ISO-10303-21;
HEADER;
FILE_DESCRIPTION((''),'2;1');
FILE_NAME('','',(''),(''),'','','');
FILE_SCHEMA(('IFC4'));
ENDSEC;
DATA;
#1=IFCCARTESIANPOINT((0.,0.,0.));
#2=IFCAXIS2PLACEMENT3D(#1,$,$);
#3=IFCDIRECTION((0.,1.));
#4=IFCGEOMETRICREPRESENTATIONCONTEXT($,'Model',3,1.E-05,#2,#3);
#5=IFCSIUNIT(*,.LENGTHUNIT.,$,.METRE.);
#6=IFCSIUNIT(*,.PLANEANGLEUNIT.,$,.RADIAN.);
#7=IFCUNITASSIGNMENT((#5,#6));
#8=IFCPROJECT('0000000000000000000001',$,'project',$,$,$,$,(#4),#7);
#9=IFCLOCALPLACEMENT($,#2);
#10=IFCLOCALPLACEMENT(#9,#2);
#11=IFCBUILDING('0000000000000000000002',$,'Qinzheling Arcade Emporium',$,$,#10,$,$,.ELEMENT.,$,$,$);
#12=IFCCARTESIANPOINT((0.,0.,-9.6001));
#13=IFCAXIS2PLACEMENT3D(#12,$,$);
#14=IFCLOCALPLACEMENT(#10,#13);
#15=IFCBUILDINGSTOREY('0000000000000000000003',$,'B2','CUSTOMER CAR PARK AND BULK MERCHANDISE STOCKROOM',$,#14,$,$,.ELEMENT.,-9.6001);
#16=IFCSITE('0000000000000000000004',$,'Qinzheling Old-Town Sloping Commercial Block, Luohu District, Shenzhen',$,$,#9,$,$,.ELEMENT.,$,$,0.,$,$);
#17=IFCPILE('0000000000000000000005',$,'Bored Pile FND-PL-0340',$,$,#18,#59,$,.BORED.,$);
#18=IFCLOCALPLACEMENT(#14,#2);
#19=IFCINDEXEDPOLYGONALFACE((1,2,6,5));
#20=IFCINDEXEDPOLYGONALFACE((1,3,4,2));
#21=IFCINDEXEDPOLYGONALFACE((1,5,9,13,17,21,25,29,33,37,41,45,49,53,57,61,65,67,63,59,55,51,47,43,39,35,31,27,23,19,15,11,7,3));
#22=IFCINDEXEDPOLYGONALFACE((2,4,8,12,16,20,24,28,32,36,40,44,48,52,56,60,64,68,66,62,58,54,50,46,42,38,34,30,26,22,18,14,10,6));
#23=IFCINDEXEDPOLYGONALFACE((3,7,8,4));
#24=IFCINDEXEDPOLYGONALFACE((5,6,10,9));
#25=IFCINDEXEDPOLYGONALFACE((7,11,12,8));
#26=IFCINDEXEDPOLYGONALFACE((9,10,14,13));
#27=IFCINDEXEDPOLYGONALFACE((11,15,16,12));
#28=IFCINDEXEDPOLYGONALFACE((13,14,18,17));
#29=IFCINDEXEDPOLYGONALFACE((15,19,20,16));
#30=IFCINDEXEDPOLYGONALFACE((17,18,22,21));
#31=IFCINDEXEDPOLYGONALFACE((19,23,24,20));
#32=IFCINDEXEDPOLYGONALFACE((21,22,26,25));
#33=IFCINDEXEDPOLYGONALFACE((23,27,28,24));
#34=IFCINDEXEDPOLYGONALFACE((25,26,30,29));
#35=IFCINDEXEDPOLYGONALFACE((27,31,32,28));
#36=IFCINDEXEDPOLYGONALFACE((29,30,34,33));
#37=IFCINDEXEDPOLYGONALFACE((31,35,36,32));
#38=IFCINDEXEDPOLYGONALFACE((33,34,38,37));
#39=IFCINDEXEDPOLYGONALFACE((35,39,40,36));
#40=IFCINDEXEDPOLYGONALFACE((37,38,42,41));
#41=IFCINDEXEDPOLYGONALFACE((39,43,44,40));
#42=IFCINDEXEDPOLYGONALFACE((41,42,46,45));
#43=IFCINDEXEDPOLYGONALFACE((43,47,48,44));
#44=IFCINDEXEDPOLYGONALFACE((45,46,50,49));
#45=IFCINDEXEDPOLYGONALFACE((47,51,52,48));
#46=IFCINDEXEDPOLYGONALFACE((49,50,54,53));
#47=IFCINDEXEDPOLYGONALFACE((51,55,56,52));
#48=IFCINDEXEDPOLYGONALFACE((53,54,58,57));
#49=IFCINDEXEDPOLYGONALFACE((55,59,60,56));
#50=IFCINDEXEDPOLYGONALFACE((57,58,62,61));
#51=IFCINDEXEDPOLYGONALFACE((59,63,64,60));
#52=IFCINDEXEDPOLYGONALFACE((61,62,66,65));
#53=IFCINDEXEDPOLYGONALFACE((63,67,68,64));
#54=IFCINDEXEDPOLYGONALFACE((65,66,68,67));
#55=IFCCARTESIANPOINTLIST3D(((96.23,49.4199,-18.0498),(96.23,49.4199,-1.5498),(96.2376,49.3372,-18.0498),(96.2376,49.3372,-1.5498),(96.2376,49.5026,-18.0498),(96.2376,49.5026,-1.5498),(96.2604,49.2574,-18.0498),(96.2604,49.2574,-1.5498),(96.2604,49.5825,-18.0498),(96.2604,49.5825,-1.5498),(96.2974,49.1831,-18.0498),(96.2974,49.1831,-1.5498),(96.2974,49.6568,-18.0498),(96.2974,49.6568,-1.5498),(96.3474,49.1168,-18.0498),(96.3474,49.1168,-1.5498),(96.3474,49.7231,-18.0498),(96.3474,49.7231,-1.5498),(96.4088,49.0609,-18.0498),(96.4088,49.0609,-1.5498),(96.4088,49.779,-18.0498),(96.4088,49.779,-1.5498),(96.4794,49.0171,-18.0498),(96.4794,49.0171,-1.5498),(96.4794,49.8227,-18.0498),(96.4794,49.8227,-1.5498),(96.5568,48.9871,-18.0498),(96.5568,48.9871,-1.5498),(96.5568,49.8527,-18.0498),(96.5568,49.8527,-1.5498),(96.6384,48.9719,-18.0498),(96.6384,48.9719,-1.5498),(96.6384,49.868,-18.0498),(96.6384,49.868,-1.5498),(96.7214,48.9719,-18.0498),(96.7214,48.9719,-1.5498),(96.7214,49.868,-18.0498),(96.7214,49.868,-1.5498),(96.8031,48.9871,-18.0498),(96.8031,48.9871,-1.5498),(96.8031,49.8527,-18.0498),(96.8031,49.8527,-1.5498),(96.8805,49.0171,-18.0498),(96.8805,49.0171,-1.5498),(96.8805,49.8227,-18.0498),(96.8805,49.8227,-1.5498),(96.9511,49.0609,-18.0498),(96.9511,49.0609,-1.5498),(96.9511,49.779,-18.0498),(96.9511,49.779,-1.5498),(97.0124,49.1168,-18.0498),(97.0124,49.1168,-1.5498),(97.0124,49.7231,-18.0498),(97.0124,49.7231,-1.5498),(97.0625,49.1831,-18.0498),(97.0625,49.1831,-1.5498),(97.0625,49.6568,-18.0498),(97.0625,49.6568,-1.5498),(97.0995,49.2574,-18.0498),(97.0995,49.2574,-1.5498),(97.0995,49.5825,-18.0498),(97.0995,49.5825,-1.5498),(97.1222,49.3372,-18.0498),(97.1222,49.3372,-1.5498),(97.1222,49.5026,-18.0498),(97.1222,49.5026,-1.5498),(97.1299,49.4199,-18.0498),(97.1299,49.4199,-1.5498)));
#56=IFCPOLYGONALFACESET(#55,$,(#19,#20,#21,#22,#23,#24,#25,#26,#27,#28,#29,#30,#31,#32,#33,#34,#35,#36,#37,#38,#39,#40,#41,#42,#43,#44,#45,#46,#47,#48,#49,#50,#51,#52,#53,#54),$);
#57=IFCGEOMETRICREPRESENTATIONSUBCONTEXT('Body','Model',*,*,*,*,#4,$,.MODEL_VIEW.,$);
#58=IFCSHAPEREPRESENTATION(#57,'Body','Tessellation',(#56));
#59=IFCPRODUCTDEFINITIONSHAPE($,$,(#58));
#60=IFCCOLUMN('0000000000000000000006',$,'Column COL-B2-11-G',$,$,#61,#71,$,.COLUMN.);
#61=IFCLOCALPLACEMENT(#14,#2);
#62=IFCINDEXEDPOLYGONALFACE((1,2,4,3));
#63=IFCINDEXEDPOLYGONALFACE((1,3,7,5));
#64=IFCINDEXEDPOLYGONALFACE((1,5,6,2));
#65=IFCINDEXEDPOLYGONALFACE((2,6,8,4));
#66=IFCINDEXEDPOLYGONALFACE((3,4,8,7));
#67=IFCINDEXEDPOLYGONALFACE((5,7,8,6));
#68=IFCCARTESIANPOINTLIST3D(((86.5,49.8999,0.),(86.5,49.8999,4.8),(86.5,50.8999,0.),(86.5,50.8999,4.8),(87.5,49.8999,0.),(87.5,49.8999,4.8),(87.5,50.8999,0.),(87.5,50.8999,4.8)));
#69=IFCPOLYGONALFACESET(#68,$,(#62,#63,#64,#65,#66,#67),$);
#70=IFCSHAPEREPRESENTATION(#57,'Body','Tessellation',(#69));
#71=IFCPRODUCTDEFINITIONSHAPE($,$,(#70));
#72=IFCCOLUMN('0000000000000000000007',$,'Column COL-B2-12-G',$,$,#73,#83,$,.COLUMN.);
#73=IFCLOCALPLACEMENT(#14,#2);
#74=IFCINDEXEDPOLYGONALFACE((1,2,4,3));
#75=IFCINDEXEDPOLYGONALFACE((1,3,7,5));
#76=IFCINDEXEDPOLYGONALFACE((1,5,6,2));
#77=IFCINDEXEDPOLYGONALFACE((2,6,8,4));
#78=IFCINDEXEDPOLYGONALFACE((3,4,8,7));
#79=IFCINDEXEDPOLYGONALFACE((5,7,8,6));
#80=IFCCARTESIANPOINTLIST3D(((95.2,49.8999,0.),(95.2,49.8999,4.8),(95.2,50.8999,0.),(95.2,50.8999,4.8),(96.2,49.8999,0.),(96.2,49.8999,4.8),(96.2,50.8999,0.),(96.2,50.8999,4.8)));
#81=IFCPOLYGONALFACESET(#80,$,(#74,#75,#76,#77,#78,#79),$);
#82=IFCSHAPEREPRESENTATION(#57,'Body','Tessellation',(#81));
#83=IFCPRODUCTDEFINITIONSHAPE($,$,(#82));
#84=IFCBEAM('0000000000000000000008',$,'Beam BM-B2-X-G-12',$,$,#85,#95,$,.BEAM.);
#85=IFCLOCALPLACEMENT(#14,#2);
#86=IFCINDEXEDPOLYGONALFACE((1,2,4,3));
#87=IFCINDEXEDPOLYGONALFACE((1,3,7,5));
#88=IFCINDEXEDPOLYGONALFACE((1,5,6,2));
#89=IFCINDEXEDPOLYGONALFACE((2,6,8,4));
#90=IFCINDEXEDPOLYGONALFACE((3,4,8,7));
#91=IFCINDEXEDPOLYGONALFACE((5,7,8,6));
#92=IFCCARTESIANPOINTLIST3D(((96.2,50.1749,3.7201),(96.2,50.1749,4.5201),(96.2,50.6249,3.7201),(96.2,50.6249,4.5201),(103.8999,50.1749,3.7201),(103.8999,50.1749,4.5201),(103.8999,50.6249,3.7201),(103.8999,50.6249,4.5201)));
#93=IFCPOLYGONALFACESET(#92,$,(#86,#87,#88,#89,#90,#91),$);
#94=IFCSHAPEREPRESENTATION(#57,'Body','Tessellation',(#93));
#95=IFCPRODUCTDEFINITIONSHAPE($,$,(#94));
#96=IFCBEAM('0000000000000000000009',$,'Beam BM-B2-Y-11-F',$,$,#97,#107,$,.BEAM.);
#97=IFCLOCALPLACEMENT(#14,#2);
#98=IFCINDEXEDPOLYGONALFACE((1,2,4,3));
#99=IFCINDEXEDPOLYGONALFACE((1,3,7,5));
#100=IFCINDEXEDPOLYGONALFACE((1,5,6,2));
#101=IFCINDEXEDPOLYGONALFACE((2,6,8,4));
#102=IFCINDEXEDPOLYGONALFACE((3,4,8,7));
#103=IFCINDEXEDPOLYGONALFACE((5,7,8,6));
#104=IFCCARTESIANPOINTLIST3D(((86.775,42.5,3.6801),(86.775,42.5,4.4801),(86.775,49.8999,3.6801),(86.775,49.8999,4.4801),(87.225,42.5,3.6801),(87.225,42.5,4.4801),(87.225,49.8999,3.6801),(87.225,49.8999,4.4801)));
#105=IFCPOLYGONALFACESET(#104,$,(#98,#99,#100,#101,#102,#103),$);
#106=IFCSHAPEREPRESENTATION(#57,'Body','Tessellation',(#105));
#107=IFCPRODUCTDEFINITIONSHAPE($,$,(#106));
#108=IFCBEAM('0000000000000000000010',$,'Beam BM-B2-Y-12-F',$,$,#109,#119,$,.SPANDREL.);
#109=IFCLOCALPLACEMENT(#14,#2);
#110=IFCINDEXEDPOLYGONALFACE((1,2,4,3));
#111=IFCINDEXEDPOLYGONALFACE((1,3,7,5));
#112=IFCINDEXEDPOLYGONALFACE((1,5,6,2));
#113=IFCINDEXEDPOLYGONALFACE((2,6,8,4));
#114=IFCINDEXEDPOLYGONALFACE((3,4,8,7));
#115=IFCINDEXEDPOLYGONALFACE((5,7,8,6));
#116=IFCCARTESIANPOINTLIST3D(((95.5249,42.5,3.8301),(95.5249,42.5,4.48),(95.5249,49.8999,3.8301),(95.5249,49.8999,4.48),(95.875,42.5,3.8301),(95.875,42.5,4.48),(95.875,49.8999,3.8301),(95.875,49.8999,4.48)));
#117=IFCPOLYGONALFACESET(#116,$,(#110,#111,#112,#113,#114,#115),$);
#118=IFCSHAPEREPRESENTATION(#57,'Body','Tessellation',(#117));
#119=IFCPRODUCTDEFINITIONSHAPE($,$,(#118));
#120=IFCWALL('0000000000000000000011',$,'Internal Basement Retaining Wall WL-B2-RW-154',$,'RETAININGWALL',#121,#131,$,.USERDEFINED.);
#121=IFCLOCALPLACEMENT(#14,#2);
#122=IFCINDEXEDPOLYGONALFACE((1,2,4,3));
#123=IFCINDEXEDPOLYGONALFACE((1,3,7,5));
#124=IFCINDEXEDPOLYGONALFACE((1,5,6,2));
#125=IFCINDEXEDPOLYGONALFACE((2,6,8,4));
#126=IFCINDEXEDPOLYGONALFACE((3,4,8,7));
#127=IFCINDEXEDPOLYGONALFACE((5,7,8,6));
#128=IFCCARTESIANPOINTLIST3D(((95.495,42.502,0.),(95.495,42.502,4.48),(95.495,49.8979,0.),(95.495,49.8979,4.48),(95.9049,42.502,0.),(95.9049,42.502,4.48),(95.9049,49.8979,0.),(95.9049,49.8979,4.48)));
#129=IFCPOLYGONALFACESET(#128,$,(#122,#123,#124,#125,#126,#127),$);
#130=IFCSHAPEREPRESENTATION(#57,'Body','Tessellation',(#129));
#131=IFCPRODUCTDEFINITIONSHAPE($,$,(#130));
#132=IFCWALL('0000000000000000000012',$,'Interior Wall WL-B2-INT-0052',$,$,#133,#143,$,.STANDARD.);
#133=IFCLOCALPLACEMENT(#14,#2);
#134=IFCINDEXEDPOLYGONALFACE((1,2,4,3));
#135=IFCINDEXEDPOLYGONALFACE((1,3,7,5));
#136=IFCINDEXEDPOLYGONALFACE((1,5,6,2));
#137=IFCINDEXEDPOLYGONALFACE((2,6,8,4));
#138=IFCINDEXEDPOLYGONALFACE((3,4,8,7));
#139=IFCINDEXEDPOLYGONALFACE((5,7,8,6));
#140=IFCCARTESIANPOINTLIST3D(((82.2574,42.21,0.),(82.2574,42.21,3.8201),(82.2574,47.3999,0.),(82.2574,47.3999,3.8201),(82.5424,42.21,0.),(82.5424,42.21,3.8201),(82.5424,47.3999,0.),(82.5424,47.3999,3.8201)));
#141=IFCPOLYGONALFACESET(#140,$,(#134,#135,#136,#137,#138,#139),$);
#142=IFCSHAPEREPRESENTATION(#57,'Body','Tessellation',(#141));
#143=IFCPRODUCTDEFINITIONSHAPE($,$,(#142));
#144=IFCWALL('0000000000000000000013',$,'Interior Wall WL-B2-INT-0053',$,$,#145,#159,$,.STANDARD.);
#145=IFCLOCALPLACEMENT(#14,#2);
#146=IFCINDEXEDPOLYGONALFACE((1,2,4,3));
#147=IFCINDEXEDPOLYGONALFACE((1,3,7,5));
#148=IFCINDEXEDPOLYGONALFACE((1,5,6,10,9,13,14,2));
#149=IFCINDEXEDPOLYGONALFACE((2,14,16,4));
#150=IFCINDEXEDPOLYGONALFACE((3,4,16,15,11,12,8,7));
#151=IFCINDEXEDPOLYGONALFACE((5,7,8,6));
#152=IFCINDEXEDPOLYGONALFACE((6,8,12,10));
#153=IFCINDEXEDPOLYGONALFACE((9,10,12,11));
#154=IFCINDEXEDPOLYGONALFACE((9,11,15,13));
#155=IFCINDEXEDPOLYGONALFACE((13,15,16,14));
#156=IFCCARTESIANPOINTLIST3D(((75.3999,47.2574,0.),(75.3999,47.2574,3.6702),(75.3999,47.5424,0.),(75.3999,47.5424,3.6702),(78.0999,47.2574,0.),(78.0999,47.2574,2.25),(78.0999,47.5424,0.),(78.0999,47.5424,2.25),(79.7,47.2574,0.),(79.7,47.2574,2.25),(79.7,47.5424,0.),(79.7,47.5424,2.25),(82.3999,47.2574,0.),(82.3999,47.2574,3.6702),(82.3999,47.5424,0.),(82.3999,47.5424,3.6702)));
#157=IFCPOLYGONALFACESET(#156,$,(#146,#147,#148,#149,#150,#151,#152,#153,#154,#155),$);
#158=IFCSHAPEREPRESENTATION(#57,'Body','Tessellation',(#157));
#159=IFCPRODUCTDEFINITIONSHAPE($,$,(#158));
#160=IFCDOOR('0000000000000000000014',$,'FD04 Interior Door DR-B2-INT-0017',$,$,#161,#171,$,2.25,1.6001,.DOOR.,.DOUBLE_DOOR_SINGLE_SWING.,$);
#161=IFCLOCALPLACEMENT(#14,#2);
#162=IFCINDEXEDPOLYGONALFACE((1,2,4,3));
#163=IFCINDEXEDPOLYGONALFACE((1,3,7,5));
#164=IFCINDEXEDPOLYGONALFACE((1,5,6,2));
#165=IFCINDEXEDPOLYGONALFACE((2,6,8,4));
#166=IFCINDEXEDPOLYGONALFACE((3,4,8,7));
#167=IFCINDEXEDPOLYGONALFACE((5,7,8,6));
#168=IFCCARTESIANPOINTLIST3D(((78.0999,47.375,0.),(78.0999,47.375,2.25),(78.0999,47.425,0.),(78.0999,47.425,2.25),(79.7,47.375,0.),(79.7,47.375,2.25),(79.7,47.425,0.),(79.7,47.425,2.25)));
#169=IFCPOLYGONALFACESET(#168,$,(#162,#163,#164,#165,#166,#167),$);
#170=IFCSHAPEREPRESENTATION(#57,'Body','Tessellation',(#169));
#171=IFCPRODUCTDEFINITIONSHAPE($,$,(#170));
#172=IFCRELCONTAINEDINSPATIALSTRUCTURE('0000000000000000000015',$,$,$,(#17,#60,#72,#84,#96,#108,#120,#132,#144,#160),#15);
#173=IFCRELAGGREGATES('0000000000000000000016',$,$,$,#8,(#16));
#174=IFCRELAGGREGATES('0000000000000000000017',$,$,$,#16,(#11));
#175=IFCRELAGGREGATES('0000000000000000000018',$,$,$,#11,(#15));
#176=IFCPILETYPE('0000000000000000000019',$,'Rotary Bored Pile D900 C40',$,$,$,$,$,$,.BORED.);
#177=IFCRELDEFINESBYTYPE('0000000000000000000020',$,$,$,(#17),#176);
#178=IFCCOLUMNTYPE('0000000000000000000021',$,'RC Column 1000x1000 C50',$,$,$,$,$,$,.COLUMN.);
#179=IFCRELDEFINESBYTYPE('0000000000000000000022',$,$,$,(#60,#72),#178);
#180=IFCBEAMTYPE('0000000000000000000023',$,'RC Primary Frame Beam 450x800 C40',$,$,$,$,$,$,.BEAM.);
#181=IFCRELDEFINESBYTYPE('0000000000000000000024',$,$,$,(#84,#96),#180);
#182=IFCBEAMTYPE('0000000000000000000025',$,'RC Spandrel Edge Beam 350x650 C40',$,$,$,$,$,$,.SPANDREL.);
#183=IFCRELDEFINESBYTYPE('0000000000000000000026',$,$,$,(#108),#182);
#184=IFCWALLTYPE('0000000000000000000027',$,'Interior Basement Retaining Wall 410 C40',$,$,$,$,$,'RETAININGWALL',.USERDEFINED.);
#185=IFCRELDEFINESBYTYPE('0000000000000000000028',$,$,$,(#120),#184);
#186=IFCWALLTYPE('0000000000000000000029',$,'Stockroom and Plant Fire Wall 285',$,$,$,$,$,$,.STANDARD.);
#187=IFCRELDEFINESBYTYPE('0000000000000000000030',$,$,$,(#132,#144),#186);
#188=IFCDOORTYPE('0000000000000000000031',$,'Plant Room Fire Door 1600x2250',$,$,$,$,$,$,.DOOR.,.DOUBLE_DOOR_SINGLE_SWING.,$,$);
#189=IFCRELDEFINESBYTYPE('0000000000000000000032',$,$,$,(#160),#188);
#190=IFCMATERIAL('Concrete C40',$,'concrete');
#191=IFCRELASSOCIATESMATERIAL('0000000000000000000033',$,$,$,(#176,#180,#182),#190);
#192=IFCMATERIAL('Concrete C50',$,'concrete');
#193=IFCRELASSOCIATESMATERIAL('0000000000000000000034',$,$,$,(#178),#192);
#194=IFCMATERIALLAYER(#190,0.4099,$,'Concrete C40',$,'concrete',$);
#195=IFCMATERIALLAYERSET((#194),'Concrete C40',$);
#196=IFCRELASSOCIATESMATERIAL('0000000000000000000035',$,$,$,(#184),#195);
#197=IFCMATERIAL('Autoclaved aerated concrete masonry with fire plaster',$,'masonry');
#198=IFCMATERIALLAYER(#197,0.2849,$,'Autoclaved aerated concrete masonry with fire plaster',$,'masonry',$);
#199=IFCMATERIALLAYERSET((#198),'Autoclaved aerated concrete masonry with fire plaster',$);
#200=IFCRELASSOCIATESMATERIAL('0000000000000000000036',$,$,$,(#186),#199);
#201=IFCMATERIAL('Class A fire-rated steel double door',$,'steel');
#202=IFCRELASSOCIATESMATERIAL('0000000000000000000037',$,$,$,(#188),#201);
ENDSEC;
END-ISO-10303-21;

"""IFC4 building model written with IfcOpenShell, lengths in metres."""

from ifc_helpers import new_model, si_unit, direction, frame, frame_2d, origin, origin_2d, place, context, subcontext, project, spatial, rectangle, circle, extrude, material, layer, layer_set, material_profile, profile_set, type_object, element, fill, save


model = new_model("IFC4")

# Units and contexts
model_context = context("Model", 3, precision=1e-05, world=origin(), true_north=direction((0.0, 1.0)))
body_context = subcontext(model_context, "Body", "Model", "MODEL_VIEW")
ifc_project = project(units=[si_unit("LENGTHUNIT", "METRE"), si_unit("PLANEANGLEUNIT", "RADIAN")], contexts=[model_context])

# Site, building, storey
site_placement = place(None, origin())
site = spatial("IfcSite", under=ifc_project, at=site_placement, Name="Qinzheling Old-Town Sloping Commercial Block, Luohu District, Shenzhen", CompositionType="ELEMENT", RefElevation=0.0)
building_placement = place(site_placement, origin())
building = spatial("IfcBuilding", under=site, at=building_placement, Name="Qinzheling Arcade Emporium", CompositionType="ELEMENT")
storey_placement = place(building_placement, frame((0.0, 0.0, -9.6001)))
storey = spatial("IfcBuildingStorey", under=building, at=storey_placement, Name="B2", Description="CUSTOMER CAR PARK AND BULK MERCHANDISE STOCKROOM", CompositionType="ELEMENT", Elevation=-9.6001)

# Shared definitions
ifc_material_1 = material(Name="Concrete C40", Category="concrete")

# Pile
ifc_material_profile_1 = material_profile(ifc_material_1, circle(Radius=0.45, at=origin_2d()), Name="BORED D900", Category="concrete")
ifc_profile_set_1 = profile_set([ifc_material_profile_1], Name="Concrete C40")
pile_type_1 = type_object("IfcPileType", Name="Rotary Bored Pile D900 C40", PredefinedType="BORED", material=ifc_profile_set_1)
for number, where, z_axis, x_axis, name in (
    (1, (96.6799, 49.4199, -1.5498), (0.0, 0.0, -1.0), (1.0, 0.0, 0.0), "Bored Pile FND-PL-0340"),
):
    element("IfcPile", number, at=place(storey_placement, frame(where, z_axis=z_axis, x_axis=x_axis)), inside=storey, type_object=pile_type_1, Name=name, PredefinedType="BORED", context=body_context, shape_type="SweptSolid", body=[
        extrude(circle(Radius=0.45, at=origin_2d()), origin(), (0.0, 0.0, 1.0), 16.5),
    ])

# Columns
ifc_material_2 = material(Name="Concrete C50", Category="concrete")
ifc_material_profile_2 = material_profile(ifc_material_2, rectangle(XDim=1.0, YDim=1.0, at=origin_2d()), Name="RC 1000x1000", Category="concrete")
ifc_profile_set_2 = profile_set([ifc_material_profile_2], Name="Concrete C50")
column_type = type_object("IfcColumnType", Name="RC Column 1000x1000 C50", PredefinedType="COLUMN", material=ifc_profile_set_2)
for number, where, z_axis, x_axis, name in (
    (2, (87.0, 50.3999, 0.0), (0.0, 0.0, 1.0), (1.0, 0.0, 0.0), "Column COL-B2-11-G"),
    (3, (95.7, 50.3999, 0.0), (0.0, 0.0, 1.0), (1.0, 0.0, 0.0), "Column COL-B2-12-G"),
):
    element("IfcColumn", number, at=place(storey_placement, frame(where, z_axis=z_axis, x_axis=x_axis)), inside=storey, type_object=column_type, Name=name, PredefinedType="COLUMN", context=body_context, shape_type="SweptSolid", body=[
        extrude(rectangle(XDim=1.0, YDim=1.0, at=origin_2d()), origin(), (0.0, 0.0, 1.0), 4.8),
    ])

# Beams
ifc_material_profile_3 = material_profile(ifc_material_1, rectangle(XDim=0.45, YDim=0.8, at=origin_2d()), Name="RC 450x800", Category="concrete")
ifc_profile_set_3 = profile_set([ifc_material_profile_3], Name="Concrete C40")
beam_type_1 = type_object("IfcBeamType", Name="RC Primary Frame Beam 450x800 C40", PredefinedType="BEAM", material=ifc_profile_set_3)
beam_1_placement = place(storey_placement, frame((96.2, 50.3999, 4.1201), z_axis=(1.0, 0.0, 0.0), x_axis=(0.0, 1.0, 0.0)))
element("IfcBeam", 4, at=beam_1_placement, inside=storey, type_object=beam_type_1, Name="Beam BM-B2-X-G-12", PredefinedType="BEAM", context=body_context, shape_type="SweptSolid", body=[
    extrude(rectangle(XDim=0.45, YDim=0.8, at=origin_2d()), origin(), (0.0, 0.0, 1.0), 7.7),
])
beam_2_placement = place(storey_placement, frame((87.0, 42.5, 4.0801), z_axis=(0.0, 1.0, 0.0), x_axis=(-1.0, 0.0, 0.0)))
element("IfcBeam", 5, at=beam_2_placement, inside=storey, type_object=beam_type_1, Name="Beam BM-B2-Y-11-F", PredefinedType="BEAM", context=body_context, shape_type="SweptSolid", body=[
    extrude(rectangle(XDim=0.45, YDim=0.8, at=origin_2d()), origin(), (0.0, 0.0, 1.0), 7.3999),
])
ifc_material_profile_4 = material_profile(ifc_material_1, rectangle(XDim=0.3501, YDim=0.6499, at=origin_2d()), Name="RC 350x650", Category="concrete")
ifc_profile_set_4 = profile_set([ifc_material_profile_4], Name="Concrete C40")
beam_type_2 = type_object("IfcBeamType", Name="RC Spandrel Edge Beam 350x650 C40", PredefinedType="SPANDREL", material=ifc_profile_set_4)
beam_3_placement = place(storey_placement, frame((95.7, 42.5, 4.155), z_axis=(0.0, 1.0, 0.0), x_axis=(-1.0, 0.0, 0.0)))
element("IfcBeam", 6, at=beam_3_placement, inside=storey, type_object=beam_type_2, Name="Beam BM-B2-Y-12-F", PredefinedType="SPANDREL", context=body_context, shape_type="SweptSolid", body=[
    extrude(rectangle(XDim=0.3501, YDim=0.6499, at=origin_2d()), origin(), (0.0, 0.0, 1.0), 7.3999),
])

# Walls
ifc_layer_1 = layer(ifc_material_1, 0.4099, Name="Concrete C40", Category="concrete")
ifc_layer_set_1 = layer_set([ifc_layer_1], Name="Concrete C40")
wall_type_1 = type_object("IfcWallType", Name="Interior Basement Retaining Wall 410 C40", ElementType="RETAININGWALL", PredefinedType="USERDEFINED", material=ifc_layer_set_1)
wall_1_placement = place(storey_placement, frame((95.7, 49.8979, 0.0), z_axis=(0.0, 0.0, 1.0), x_axis=(0.0, -1.0, 0.0)))
element("IfcWall", 7, at=wall_1_placement, inside=storey, type_object=wall_type_1, Name="Internal Basement Retaining Wall WL-B2-RW-154", ObjectType="RETAININGWALL", PredefinedType="USERDEFINED", context=body_context, shape_type="SweptSolid", body=[
    extrude(rectangle(XDim=7.396, YDim=0.4099, at=frame_2d((3.698, 0.0))), origin(), (0.0, 0.0, 1.0), 4.48),
])
ifc_material_3 = material(Name="Autoclaved aerated concrete masonry with fire plaster", Category="masonry")
ifc_layer_2 = layer(ifc_material_3, 0.2849, Name="Autoclaved aerated concrete masonry with fire plaster", Category="masonry")
ifc_layer_set_2 = layer_set([ifc_layer_2], Name="Autoclaved aerated concrete masonry with fire plaster")
wall_type_2 = type_object("IfcWallType", Name="Stockroom and Plant Fire Wall 285", PredefinedType="STANDARD", material=ifc_layer_set_2)
wall_2_placement = place(storey_placement, frame((82.3999, 42.21, 0.0), z_axis=(0.0, 0.0, 1.0), x_axis=(0.0, 1.0, 0.0)))
element("IfcWall", 8, at=wall_2_placement, inside=storey, type_object=wall_type_2, Name="Interior Wall WL-B2-INT-0052", PredefinedType="STANDARD", context=body_context, shape_type="SweptSolid", body=[
    extrude(rectangle(XDim=5.1899, YDim=0.2849, at=frame_2d((2.595, 0.0))), origin(), (0.0, 0.0, 1.0), 3.8201),
])

# Wall, opening, door
wall_3_placement = place(storey_placement, frame((82.3999, 47.3999, 0.0), z_axis=(0.0, 0.0, 1.0), x_axis=(-1.0, 0.0, 0.0)))
wall_3 = element("IfcWall", 9, at=wall_3_placement, inside=storey, type_object=wall_type_2, Name="Interior Wall WL-B2-INT-0053", PredefinedType="STANDARD", context=body_context, shape_type="SweptSolid", body=[
    extrude(rectangle(XDim=7.0, YDim=0.2849, at=frame_2d((3.5, 0.0))), origin(), (0.0, 0.0, 1.0), 3.6702),
])
opening_placement = place(wall_3_placement, frame((2.7, 0.0, 0.0)))
opening = element("IfcOpeningElement", 10, at=opening_placement, cuts=wall_3, PredefinedType="OPENING", context=body_context, shape_type="SweptSolid", body=[
    extrude(rectangle(XDim=1.6001, YDim=2.25, at=frame_2d((0.8, 1.125))), frame((0.0, 0.1523, 0.0), z_axis=(0.0, -1.0, 0.0), x_axis=(1.0, 0.0, 0.0)), (0.0, 0.0, 1.0), 0.3049),
])
ifc_material_4 = material(Name="Class A fire-rated steel double door", Category="steel")
door_type = type_object("IfcDoorType", Name="Plant Room Fire Door 1600x2250", OperationType="DOUBLE_DOOR_SINGLE_SWING", PredefinedType="DOOR", material=ifc_material_4)
door_placement = place(opening_placement, origin())
door = element("IfcDoor", 11, at=door_placement, inside=storey, type_object=door_type, Name="FD04 Interior Door DR-B2-INT-0017", OperationType="DOUBLE_DOOR_SINGLE_SWING", OverallHeight=2.25, OverallWidth=1.6001, PredefinedType="DOOR", context=body_context, shape_type="SweptSolid", body=[
    extrude(rectangle(XDim=1.6001, YDim=2.25, at=frame_2d((0.8, 1.125))), frame((0.0, 0.0249, 0.0), z_axis=(0.0, -1.0, 0.0), x_axis=(1.0, 0.0, 0.0)), (0.0, 0.0, 1.0), 0.05),
])
fill(opening, door)

save(model, "model.ifc")
